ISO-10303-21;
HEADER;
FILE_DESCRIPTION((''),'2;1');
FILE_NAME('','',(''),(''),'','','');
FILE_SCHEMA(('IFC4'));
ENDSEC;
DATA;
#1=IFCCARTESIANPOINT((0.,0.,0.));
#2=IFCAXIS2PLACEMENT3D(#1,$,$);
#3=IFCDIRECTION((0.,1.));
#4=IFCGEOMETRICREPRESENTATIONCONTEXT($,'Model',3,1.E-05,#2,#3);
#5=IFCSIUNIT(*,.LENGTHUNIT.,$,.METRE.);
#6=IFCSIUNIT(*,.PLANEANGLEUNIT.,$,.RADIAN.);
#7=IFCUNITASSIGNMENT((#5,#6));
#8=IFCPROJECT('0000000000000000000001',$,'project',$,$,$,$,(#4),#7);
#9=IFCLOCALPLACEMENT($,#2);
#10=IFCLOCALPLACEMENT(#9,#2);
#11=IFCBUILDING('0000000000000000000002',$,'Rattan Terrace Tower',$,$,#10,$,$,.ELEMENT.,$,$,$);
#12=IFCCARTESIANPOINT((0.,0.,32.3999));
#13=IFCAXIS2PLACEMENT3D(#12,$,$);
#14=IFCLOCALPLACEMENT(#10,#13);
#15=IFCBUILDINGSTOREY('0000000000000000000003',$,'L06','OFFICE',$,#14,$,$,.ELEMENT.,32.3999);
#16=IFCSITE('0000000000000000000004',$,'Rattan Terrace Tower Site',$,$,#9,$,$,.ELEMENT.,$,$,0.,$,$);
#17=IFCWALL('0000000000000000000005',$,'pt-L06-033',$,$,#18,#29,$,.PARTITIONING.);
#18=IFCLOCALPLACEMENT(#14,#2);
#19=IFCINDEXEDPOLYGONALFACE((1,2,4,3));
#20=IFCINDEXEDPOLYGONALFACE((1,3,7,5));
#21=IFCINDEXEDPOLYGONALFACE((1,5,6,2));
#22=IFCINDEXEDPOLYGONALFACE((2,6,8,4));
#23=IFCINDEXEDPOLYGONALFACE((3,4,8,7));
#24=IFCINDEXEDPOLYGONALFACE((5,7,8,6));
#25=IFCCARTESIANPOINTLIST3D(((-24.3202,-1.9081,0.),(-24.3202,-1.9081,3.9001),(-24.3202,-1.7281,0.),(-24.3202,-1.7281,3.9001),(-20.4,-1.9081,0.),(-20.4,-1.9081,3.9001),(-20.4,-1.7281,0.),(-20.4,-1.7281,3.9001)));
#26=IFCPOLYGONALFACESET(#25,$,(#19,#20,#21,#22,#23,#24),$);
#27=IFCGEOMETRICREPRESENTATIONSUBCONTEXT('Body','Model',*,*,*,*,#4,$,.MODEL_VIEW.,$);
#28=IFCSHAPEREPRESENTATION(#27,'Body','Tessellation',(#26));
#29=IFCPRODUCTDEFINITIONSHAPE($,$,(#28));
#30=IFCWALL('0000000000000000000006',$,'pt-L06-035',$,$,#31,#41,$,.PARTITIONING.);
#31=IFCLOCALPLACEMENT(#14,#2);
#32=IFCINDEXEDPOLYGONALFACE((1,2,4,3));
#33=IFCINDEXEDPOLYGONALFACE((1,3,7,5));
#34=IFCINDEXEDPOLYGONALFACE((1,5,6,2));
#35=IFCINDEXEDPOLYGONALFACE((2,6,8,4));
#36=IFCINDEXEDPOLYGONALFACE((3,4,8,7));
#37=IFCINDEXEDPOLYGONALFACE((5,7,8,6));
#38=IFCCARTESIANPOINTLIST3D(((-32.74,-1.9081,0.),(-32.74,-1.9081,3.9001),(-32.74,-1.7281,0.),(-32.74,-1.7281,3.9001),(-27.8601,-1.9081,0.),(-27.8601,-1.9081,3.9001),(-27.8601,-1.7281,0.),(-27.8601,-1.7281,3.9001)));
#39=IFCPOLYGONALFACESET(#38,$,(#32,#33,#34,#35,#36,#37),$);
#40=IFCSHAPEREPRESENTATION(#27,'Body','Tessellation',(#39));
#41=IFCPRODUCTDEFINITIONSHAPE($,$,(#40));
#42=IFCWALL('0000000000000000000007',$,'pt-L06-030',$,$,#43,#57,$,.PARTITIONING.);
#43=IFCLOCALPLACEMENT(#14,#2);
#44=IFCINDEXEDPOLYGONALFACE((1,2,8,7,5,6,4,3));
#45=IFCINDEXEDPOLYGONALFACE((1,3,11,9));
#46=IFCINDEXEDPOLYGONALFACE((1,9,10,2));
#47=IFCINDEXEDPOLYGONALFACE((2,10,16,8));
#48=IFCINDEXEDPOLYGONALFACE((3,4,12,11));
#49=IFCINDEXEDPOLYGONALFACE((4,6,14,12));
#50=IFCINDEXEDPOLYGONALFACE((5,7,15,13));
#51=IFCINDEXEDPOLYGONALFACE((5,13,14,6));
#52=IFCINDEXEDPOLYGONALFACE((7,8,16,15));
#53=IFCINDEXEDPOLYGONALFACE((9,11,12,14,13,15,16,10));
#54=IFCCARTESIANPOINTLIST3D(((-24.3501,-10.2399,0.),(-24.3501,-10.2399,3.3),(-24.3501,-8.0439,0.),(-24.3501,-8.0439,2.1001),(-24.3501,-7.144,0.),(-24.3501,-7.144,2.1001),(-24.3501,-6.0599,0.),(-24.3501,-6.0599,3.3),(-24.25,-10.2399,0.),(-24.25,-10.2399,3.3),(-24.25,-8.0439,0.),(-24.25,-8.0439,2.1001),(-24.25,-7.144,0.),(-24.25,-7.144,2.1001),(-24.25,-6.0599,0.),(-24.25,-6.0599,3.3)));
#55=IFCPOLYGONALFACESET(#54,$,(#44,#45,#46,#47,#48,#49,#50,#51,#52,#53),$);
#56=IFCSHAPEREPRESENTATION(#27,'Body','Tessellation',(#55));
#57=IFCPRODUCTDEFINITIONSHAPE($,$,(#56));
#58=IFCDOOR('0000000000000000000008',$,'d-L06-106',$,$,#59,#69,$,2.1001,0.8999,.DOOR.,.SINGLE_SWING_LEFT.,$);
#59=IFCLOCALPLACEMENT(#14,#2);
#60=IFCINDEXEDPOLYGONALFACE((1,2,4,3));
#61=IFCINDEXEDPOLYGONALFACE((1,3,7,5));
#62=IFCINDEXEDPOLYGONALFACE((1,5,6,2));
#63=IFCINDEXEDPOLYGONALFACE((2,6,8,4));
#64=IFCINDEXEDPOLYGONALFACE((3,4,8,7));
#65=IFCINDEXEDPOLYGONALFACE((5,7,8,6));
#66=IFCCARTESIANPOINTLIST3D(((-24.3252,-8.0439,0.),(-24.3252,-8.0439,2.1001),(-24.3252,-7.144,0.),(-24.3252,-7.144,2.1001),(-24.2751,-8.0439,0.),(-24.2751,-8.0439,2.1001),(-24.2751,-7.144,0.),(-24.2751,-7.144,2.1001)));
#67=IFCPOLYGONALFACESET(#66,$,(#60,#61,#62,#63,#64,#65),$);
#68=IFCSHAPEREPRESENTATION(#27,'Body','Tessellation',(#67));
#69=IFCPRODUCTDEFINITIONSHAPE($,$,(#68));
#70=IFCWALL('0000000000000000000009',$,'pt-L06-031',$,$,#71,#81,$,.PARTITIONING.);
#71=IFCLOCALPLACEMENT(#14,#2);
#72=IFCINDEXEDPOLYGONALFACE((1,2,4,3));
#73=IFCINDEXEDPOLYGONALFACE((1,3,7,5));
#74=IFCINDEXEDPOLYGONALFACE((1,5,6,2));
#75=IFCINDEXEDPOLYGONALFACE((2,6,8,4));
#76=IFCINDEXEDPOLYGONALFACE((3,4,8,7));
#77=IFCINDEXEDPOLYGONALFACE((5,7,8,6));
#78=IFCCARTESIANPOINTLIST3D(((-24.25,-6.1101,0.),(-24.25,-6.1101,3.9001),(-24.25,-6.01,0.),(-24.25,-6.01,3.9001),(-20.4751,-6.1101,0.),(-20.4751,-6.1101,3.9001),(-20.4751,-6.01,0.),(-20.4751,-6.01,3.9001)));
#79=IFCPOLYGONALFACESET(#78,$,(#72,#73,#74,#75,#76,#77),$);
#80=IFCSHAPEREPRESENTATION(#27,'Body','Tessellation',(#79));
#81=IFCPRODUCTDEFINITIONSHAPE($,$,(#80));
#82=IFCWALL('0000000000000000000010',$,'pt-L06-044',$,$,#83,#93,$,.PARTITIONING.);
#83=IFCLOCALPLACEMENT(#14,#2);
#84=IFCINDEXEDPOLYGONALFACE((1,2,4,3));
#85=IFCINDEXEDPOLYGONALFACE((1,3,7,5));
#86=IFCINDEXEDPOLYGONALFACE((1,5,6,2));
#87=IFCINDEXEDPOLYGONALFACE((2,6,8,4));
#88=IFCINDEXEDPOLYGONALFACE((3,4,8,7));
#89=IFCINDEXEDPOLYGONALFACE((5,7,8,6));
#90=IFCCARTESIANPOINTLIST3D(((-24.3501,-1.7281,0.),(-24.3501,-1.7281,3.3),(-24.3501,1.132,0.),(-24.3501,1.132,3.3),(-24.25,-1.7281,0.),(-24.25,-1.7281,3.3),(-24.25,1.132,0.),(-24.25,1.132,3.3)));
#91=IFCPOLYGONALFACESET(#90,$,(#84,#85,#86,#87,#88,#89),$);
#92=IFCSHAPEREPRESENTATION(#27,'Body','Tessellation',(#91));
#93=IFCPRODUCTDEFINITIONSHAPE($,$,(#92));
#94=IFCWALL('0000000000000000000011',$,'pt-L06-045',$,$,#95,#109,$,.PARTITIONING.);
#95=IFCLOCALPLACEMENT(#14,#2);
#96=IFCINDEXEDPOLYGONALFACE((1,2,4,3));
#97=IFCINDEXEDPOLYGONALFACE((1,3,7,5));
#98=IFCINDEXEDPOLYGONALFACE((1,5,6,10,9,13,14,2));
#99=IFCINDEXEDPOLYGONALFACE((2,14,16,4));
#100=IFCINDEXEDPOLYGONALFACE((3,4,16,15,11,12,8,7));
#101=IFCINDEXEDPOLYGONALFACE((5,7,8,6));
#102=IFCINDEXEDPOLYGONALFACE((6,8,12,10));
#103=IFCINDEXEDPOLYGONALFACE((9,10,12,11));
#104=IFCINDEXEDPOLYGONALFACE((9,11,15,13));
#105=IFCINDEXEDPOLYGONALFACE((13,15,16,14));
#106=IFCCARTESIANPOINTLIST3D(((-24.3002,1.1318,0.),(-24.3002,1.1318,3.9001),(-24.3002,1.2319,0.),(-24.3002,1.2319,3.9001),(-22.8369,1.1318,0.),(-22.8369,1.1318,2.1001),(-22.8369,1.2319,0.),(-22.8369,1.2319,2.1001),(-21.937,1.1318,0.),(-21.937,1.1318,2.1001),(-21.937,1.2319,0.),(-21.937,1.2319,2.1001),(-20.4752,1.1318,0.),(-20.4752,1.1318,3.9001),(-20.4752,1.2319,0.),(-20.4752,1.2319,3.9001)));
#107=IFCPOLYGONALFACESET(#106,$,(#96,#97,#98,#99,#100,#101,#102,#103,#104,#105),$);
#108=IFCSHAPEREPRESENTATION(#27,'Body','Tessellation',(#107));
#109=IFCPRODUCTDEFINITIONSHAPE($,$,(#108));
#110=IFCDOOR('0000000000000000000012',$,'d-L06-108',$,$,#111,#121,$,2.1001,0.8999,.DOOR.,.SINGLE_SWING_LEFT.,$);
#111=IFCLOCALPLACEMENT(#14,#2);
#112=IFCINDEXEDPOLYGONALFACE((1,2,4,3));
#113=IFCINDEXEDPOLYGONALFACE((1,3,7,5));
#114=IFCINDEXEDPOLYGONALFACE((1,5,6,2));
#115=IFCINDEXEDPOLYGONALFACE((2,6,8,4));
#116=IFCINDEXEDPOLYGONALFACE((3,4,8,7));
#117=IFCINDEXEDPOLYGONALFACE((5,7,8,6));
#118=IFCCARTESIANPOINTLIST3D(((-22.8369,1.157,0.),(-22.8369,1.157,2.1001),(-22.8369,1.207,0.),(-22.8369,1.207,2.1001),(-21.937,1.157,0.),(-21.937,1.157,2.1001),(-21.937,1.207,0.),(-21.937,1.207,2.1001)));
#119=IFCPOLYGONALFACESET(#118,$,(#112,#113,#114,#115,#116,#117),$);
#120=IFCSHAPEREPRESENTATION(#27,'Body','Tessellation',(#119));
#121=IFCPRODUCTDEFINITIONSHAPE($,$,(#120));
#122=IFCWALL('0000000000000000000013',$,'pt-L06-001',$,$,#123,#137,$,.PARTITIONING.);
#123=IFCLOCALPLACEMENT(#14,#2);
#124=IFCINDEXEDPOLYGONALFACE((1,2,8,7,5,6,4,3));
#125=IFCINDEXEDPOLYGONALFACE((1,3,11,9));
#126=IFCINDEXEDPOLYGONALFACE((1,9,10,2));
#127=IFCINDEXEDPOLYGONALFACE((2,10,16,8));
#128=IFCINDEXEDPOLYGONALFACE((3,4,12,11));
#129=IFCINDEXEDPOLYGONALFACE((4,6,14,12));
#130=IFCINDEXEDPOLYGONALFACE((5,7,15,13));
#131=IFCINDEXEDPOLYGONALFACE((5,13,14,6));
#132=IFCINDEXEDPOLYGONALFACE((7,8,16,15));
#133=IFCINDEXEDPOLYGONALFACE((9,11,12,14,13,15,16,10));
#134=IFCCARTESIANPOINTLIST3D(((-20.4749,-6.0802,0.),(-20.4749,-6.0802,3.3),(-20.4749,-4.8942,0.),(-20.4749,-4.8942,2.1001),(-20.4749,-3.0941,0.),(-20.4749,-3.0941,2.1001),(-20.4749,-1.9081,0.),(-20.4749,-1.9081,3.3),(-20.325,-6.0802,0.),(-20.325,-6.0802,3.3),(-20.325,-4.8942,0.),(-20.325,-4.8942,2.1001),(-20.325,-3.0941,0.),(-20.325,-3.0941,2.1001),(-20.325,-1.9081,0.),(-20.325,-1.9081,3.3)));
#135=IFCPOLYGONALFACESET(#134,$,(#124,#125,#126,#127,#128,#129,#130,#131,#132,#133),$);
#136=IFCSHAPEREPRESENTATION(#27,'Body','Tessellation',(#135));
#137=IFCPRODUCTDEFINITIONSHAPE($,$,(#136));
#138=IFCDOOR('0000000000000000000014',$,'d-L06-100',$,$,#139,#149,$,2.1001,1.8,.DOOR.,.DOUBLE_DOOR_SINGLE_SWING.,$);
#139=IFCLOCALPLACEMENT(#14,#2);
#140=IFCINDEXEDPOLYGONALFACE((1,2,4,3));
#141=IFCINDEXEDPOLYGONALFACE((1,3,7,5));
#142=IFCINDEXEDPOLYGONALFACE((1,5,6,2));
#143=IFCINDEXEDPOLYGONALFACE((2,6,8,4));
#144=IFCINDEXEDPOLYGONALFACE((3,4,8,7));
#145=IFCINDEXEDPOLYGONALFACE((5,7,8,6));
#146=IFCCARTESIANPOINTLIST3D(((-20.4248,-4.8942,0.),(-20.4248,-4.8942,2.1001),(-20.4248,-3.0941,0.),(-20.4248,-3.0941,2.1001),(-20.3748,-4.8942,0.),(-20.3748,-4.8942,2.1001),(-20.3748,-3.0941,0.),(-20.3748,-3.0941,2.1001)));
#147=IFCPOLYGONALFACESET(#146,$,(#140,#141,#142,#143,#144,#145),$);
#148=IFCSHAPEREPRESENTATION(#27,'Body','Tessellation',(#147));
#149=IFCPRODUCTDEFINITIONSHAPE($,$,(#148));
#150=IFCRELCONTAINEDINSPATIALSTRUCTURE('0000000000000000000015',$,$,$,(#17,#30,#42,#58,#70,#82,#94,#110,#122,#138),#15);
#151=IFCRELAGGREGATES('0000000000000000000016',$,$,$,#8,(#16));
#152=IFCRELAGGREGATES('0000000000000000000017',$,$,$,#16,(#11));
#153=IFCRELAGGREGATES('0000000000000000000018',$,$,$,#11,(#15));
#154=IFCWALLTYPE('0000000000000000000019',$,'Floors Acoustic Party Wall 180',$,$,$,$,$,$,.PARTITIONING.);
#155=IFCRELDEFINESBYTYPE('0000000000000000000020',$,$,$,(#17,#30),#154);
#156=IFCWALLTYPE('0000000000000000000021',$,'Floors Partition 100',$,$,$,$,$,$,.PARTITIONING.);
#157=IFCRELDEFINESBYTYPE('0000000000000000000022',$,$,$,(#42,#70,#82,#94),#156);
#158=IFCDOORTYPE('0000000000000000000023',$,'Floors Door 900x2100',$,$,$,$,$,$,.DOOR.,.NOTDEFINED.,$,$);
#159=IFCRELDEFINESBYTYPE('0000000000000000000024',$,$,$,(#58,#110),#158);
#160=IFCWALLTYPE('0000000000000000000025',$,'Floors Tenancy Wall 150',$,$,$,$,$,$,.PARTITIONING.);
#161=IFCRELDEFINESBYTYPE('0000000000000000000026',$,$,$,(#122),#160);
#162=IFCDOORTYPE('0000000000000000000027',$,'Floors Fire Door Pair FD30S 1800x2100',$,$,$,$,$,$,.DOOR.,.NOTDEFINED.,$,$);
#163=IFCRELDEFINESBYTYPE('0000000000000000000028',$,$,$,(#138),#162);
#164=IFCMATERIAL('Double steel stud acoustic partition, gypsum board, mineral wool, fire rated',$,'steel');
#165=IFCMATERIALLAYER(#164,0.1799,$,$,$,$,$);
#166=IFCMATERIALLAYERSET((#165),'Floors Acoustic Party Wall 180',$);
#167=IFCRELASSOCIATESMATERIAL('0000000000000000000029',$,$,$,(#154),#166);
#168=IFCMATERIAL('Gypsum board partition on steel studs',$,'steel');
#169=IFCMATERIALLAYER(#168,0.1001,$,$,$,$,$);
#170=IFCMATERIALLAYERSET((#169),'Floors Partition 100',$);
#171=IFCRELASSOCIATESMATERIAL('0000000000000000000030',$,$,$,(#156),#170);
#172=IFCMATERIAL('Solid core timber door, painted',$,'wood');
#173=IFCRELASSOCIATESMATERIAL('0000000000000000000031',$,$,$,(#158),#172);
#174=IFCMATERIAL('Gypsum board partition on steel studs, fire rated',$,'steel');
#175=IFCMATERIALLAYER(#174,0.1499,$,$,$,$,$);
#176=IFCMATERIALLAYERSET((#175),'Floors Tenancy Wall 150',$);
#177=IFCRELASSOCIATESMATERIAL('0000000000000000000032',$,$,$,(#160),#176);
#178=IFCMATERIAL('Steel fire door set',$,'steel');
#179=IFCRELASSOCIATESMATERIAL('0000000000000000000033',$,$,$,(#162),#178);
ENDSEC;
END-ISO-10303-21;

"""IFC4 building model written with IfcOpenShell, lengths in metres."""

from ifc_helpers import new_model, si_unit, direction, frame, frame_2d, origin, place, context, subcontext, project, spatial, rectangle, extrude, material, layer, layer_set, type_object, element, fill, save


model = new_model("IFC4")

# Units and contexts
model_context = context("Model", 3, precision=1e-05, world=origin(), true_north=direction((0.0, 1.0)))
body_context = subcontext(model_context, "Body", "Model", "MODEL_VIEW")
ifc_project = project(units=[si_unit("LENGTHUNIT", "METRE"), si_unit("PLANEANGLEUNIT", "RADIAN")], contexts=[model_context])

# Site, building, storey
site_placement = place(None, origin())
site = spatial("IfcSite", under=ifc_project, at=site_placement, Name="Rattan Terrace Tower Site", CompositionType="ELEMENT", RefElevation=0.0)
building_placement = place(site_placement, origin())
building = spatial("IfcBuilding", under=site, at=building_placement, Name="Rattan Terrace Tower", CompositionType="ELEMENT")
storey_placement = place(building_placement, frame((0.0, 0.0, 32.3999)))
storey = spatial("IfcBuildingStorey", under=building, at=storey_placement, Name="L06", Description="OFFICE", CompositionType="ELEMENT", Elevation=32.3999)

# Walls
ifc_material_1 = material(Name="Double steel stud acoustic partition, gypsum board, mineral wool, fire rated", Category="steel")
ifc_layer_1 = layer(ifc_material_1, 0.1799)
ifc_layer_set_1 = layer_set([ifc_layer_1], Name="Floors Acoustic Party Wall 180")
wall_type_1 = type_object("IfcWallType", Name="Floors Acoustic Party Wall 180", PredefinedType="PARTITIONING", material=ifc_layer_set_1)
wall_1_placement = place(storey_placement, frame((-24.3201, -1.8181, 0.0), z_axis=(0.0, 0.0, 1.0), x_axis=(1.0, 0.0, 0.0)))
element("IfcWall", 1, at=wall_1_placement, inside=storey, type_object=wall_type_1, Name="pt-L06-033", PredefinedType="PARTITIONING", context=body_context, shape_type="SweptSolid", body=[
    extrude(rectangle(XDim=3.9202, YDim=0.1799, at=frame_2d((1.96, 0.0))), origin(), (0.0, 0.0, 1.0), 3.9001),
])
wall_2_placement = place(storey_placement, frame((-32.74, -1.8181, 0.0), z_axis=(0.0, 0.0, 1.0), x_axis=(1.0, 0.0, 0.0)))
element("IfcWall", 2, at=wall_2_placement, inside=storey, type_object=wall_type_1, Name="pt-L06-035", PredefinedType="PARTITIONING", context=body_context, shape_type="SweptSolid", body=[
    extrude(rectangle(XDim=4.8799, YDim=0.1799, at=frame_2d((2.4399, 0.0))), origin(), (0.0, 0.0, 1.0), 3.9001),
])

# Wall, opening, door
ifc_material_2 = material(Name="Gypsum board partition on steel studs", Category="steel")
ifc_layer_2 = layer(ifc_material_2, 0.1001)
ifc_layer_set_2 = layer_set([ifc_layer_2], Name="Floors Partition 100")
wall_type_2 = type_object("IfcWallType", Name="Floors Partition 100", PredefinedType="PARTITIONING", material=ifc_layer_set_2)
wall_3_placement = place(storey_placement, frame((-24.3, -6.0601, 0.0), z_axis=(0.0, 0.0, 1.0), x_axis=(0.0, -1.0, 0.0)))
wall_3 = element("IfcWall", 3, at=wall_3_placement, inside=storey, type_object=wall_type_2, Name="pt-L06-030", PredefinedType="PARTITIONING", context=body_context, shape_type="SweptSolid", body=[
    extrude(rectangle(XDim=4.1799, YDim=0.1001, at=frame_2d((2.0898, 0.0))), origin(), (0.0, 0.0, 1.0), 3.3),
])
opening_1_placement = place(wall_3_placement, frame((1.084, 0.0, 0.0)))
opening_1 = element("IfcOpeningElement", 4, at=opening_1_placement, cuts=wall_3, PredefinedType="OPENING", context=body_context, shape_type="SweptSolid", body=[
    extrude(rectangle(XDim=0.8999, YDim=2.1001, at=frame_2d((0.45, 1.05))), frame((0.0, 0.0605, 0.0), z_axis=(0.0, -1.0, 0.0), x_axis=(1.0, 0.0, 0.0)), (0.0, 0.0, 1.0), 0.1211),
])
ifc_material_3 = material(Name="Solid core timber door, painted", Category="wood")
door_type_1 = type_object("IfcDoorType", Name="Floors Door 900x2100", OperationType="NOTDEFINED", PredefinedType="DOOR", material=ifc_material_3)
door_1_placement = place(opening_1_placement, origin())
door_1 = element("IfcDoor", 5, at=door_1_placement, inside=storey, type_object=door_type_1, Name="d-L06-106", OperationType="SINGLE_SWING_LEFT", OverallHeight=2.1001, OverallWidth=0.8999, PredefinedType="DOOR", context=body_context, shape_type="SweptSolid", body=[
    extrude(rectangle(XDim=0.8999, YDim=2.1001, at=frame_2d((0.45, 1.05))), frame((0.0, 0.0249, 0.0), z_axis=(0.0, -1.0, 0.0), x_axis=(1.0, 0.0, 0.0)), (0.0, 0.0, 1.0), 0.05),
])
fill(opening_1, door_1)

# Walls
wall_4_placement = place(storey_placement, frame((-20.4751, -6.0601, 0.0), z_axis=(0.0, 0.0, 1.0), x_axis=(-1.0, 0.0, 0.0)))
element("IfcWall", 6, at=wall_4_placement, inside=storey, type_object=wall_type_2, Name="pt-L06-031", PredefinedType="PARTITIONING", context=body_context, shape_type="SweptSolid", body=[
    extrude(rectangle(XDim=3.7749, YDim=0.1001, at=frame_2d((1.8875, 0.0))), origin(), (0.0, 0.0, 1.0), 3.9001),
])
wall_5_placement = place(storey_placement, frame((-24.3, 1.1321, 0.0), z_axis=(0.0, 0.0, 1.0), x_axis=(0.0, -1.0, 0.0)))
element("IfcWall", 7, at=wall_5_placement, inside=storey, type_object=wall_type_2, Name="pt-L06-044", PredefinedType="PARTITIONING", context=body_context, shape_type="SweptSolid", body=[
    extrude(rectangle(XDim=2.8601, YDim=0.1001, at=frame_2d((1.4302, 0.0))), origin(), (0.0, 0.0, 1.0), 3.3),
])

# Walls, openings, doors
wall_6_placement = place(storey_placement, frame((-20.4751, 1.1819, 0.0), z_axis=(0.0, 0.0, 1.0), x_axis=(-1.0, 0.0, 0.0)))
wall_6 = element("IfcWall", 8, at=wall_6_placement, inside=storey, type_object=wall_type_2, Name="pt-L06-045", PredefinedType="PARTITIONING", context=body_context, shape_type="SweptSolid", body=[
    extrude(rectangle(XDim=3.825, YDim=0.1001, at=frame_2d((1.9126, 0.0))), origin(), (0.0, 0.0, 1.0), 3.9001),
])
opening_2_placement = place(wall_6_placement, frame((1.4619, 0.0, 0.0)))
opening_2 = element("IfcOpeningElement", 9, at=opening_2_placement, cuts=wall_6, PredefinedType="OPENING", context=body_context, shape_type="SweptSolid", body=[
    extrude(rectangle(XDim=0.8999, YDim=2.1001, at=frame_2d((0.45, 1.05))), frame((0.0, 0.0605, 0.0), z_axis=(0.0, -1.0, 0.0), x_axis=(1.0, 0.0, 0.0)), (0.0, 0.0, 1.0), 0.1211),
])
door_2_placement = place(opening_2_placement, origin())
door_2 = element("IfcDoor", 10, at=door_2_placement, inside=storey, type_object=door_type_1, Name="d-L06-108", OperationType="SINGLE_SWING_LEFT", OverallHeight=2.1001, OverallWidth=0.8999, PredefinedType="DOOR", context=body_context, shape_type="SweptSolid", body=[
    extrude(rectangle(XDim=0.8999, YDim=2.1001, at=frame_2d((0.45, 1.05))), frame((0.0, 0.0249, 0.0), z_axis=(0.0, -1.0, 0.0), x_axis=(1.0, 0.0, 0.0)), (0.0, 0.0, 1.0), 0.05),
])
fill(opening_2, door_2)
ifc_material_4 = material(Name="Gypsum board partition on steel studs, fire rated", Category="steel")
ifc_layer_3 = layer(ifc_material_4, 0.1499)
ifc_layer_set_3 = layer_set([ifc_layer_3], Name="Floors Tenancy Wall 150")
wall_type_3 = type_object("IfcWallType", Name="Floors Tenancy Wall 150", PredefinedType="PARTITIONING", material=ifc_layer_set_3)
wall_7_placement = place(storey_placement, frame((-20.3999, -6.0801, 0.0), z_axis=(0.0, 0.0, 1.0), x_axis=(0.0, 1.0, 0.0)))
wall_7 = element("IfcWall", 11, at=wall_7_placement, inside=storey, type_object=wall_type_3, Name="pt-L06-001", PredefinedType="PARTITIONING", context=body_context, shape_type="SweptSolid", body=[
    extrude(rectangle(XDim=4.1721, YDim=0.1499, at=frame_2d((2.0859, 0.0))), origin(), (0.0, 0.0, 1.0), 3.3),
])
opening_3_placement = place(wall_7_placement, frame((1.186, 0.0, 0.0)))
opening_3 = element("IfcOpeningElement", 12, at=opening_3_placement, cuts=wall_7, PredefinedType="OPENING", context=body_context, shape_type="SweptSolid", body=[
    extrude(rectangle(XDim=1.8, YDim=2.1001, at=frame_2d((0.8999, 1.05))), frame((0.0, 0.0854, 0.0), z_axis=(0.0, -1.0, 0.0), x_axis=(1.0, 0.0, 0.0)), (0.0, 0.0, 1.0), 0.1709),
])
ifc_material_5 = material(Name="Steel fire door set", Category="steel")
door_type_2 = type_object("IfcDoorType", Name="Floors Fire Door Pair FD30S 1800x2100", OperationType="NOTDEFINED", PredefinedType="DOOR", material=ifc_material_5)
door_3_placement = place(opening_3_placement, origin())
door_3 = element("IfcDoor", 13, at=door_3_placement, inside=storey, type_object=door_type_2, Name="d-L06-100", OperationType="DOUBLE_DOOR_SINGLE_SWING", OverallHeight=2.1001, OverallWidth=1.8, PredefinedType="DOOR", context=body_context, shape_type="SweptSolid", body=[
    extrude(rectangle(XDim=1.8, YDim=2.1001, at=frame_2d((0.8999, 1.05))), frame((0.0, 0.0249, 0.0), z_axis=(0.0, -1.0, 0.0), x_axis=(1.0, 0.0, 0.0)), (0.0, 0.0, 1.0), 0.05),
])
fill(opening_3, door_3)

save(model, "model.ifc")
